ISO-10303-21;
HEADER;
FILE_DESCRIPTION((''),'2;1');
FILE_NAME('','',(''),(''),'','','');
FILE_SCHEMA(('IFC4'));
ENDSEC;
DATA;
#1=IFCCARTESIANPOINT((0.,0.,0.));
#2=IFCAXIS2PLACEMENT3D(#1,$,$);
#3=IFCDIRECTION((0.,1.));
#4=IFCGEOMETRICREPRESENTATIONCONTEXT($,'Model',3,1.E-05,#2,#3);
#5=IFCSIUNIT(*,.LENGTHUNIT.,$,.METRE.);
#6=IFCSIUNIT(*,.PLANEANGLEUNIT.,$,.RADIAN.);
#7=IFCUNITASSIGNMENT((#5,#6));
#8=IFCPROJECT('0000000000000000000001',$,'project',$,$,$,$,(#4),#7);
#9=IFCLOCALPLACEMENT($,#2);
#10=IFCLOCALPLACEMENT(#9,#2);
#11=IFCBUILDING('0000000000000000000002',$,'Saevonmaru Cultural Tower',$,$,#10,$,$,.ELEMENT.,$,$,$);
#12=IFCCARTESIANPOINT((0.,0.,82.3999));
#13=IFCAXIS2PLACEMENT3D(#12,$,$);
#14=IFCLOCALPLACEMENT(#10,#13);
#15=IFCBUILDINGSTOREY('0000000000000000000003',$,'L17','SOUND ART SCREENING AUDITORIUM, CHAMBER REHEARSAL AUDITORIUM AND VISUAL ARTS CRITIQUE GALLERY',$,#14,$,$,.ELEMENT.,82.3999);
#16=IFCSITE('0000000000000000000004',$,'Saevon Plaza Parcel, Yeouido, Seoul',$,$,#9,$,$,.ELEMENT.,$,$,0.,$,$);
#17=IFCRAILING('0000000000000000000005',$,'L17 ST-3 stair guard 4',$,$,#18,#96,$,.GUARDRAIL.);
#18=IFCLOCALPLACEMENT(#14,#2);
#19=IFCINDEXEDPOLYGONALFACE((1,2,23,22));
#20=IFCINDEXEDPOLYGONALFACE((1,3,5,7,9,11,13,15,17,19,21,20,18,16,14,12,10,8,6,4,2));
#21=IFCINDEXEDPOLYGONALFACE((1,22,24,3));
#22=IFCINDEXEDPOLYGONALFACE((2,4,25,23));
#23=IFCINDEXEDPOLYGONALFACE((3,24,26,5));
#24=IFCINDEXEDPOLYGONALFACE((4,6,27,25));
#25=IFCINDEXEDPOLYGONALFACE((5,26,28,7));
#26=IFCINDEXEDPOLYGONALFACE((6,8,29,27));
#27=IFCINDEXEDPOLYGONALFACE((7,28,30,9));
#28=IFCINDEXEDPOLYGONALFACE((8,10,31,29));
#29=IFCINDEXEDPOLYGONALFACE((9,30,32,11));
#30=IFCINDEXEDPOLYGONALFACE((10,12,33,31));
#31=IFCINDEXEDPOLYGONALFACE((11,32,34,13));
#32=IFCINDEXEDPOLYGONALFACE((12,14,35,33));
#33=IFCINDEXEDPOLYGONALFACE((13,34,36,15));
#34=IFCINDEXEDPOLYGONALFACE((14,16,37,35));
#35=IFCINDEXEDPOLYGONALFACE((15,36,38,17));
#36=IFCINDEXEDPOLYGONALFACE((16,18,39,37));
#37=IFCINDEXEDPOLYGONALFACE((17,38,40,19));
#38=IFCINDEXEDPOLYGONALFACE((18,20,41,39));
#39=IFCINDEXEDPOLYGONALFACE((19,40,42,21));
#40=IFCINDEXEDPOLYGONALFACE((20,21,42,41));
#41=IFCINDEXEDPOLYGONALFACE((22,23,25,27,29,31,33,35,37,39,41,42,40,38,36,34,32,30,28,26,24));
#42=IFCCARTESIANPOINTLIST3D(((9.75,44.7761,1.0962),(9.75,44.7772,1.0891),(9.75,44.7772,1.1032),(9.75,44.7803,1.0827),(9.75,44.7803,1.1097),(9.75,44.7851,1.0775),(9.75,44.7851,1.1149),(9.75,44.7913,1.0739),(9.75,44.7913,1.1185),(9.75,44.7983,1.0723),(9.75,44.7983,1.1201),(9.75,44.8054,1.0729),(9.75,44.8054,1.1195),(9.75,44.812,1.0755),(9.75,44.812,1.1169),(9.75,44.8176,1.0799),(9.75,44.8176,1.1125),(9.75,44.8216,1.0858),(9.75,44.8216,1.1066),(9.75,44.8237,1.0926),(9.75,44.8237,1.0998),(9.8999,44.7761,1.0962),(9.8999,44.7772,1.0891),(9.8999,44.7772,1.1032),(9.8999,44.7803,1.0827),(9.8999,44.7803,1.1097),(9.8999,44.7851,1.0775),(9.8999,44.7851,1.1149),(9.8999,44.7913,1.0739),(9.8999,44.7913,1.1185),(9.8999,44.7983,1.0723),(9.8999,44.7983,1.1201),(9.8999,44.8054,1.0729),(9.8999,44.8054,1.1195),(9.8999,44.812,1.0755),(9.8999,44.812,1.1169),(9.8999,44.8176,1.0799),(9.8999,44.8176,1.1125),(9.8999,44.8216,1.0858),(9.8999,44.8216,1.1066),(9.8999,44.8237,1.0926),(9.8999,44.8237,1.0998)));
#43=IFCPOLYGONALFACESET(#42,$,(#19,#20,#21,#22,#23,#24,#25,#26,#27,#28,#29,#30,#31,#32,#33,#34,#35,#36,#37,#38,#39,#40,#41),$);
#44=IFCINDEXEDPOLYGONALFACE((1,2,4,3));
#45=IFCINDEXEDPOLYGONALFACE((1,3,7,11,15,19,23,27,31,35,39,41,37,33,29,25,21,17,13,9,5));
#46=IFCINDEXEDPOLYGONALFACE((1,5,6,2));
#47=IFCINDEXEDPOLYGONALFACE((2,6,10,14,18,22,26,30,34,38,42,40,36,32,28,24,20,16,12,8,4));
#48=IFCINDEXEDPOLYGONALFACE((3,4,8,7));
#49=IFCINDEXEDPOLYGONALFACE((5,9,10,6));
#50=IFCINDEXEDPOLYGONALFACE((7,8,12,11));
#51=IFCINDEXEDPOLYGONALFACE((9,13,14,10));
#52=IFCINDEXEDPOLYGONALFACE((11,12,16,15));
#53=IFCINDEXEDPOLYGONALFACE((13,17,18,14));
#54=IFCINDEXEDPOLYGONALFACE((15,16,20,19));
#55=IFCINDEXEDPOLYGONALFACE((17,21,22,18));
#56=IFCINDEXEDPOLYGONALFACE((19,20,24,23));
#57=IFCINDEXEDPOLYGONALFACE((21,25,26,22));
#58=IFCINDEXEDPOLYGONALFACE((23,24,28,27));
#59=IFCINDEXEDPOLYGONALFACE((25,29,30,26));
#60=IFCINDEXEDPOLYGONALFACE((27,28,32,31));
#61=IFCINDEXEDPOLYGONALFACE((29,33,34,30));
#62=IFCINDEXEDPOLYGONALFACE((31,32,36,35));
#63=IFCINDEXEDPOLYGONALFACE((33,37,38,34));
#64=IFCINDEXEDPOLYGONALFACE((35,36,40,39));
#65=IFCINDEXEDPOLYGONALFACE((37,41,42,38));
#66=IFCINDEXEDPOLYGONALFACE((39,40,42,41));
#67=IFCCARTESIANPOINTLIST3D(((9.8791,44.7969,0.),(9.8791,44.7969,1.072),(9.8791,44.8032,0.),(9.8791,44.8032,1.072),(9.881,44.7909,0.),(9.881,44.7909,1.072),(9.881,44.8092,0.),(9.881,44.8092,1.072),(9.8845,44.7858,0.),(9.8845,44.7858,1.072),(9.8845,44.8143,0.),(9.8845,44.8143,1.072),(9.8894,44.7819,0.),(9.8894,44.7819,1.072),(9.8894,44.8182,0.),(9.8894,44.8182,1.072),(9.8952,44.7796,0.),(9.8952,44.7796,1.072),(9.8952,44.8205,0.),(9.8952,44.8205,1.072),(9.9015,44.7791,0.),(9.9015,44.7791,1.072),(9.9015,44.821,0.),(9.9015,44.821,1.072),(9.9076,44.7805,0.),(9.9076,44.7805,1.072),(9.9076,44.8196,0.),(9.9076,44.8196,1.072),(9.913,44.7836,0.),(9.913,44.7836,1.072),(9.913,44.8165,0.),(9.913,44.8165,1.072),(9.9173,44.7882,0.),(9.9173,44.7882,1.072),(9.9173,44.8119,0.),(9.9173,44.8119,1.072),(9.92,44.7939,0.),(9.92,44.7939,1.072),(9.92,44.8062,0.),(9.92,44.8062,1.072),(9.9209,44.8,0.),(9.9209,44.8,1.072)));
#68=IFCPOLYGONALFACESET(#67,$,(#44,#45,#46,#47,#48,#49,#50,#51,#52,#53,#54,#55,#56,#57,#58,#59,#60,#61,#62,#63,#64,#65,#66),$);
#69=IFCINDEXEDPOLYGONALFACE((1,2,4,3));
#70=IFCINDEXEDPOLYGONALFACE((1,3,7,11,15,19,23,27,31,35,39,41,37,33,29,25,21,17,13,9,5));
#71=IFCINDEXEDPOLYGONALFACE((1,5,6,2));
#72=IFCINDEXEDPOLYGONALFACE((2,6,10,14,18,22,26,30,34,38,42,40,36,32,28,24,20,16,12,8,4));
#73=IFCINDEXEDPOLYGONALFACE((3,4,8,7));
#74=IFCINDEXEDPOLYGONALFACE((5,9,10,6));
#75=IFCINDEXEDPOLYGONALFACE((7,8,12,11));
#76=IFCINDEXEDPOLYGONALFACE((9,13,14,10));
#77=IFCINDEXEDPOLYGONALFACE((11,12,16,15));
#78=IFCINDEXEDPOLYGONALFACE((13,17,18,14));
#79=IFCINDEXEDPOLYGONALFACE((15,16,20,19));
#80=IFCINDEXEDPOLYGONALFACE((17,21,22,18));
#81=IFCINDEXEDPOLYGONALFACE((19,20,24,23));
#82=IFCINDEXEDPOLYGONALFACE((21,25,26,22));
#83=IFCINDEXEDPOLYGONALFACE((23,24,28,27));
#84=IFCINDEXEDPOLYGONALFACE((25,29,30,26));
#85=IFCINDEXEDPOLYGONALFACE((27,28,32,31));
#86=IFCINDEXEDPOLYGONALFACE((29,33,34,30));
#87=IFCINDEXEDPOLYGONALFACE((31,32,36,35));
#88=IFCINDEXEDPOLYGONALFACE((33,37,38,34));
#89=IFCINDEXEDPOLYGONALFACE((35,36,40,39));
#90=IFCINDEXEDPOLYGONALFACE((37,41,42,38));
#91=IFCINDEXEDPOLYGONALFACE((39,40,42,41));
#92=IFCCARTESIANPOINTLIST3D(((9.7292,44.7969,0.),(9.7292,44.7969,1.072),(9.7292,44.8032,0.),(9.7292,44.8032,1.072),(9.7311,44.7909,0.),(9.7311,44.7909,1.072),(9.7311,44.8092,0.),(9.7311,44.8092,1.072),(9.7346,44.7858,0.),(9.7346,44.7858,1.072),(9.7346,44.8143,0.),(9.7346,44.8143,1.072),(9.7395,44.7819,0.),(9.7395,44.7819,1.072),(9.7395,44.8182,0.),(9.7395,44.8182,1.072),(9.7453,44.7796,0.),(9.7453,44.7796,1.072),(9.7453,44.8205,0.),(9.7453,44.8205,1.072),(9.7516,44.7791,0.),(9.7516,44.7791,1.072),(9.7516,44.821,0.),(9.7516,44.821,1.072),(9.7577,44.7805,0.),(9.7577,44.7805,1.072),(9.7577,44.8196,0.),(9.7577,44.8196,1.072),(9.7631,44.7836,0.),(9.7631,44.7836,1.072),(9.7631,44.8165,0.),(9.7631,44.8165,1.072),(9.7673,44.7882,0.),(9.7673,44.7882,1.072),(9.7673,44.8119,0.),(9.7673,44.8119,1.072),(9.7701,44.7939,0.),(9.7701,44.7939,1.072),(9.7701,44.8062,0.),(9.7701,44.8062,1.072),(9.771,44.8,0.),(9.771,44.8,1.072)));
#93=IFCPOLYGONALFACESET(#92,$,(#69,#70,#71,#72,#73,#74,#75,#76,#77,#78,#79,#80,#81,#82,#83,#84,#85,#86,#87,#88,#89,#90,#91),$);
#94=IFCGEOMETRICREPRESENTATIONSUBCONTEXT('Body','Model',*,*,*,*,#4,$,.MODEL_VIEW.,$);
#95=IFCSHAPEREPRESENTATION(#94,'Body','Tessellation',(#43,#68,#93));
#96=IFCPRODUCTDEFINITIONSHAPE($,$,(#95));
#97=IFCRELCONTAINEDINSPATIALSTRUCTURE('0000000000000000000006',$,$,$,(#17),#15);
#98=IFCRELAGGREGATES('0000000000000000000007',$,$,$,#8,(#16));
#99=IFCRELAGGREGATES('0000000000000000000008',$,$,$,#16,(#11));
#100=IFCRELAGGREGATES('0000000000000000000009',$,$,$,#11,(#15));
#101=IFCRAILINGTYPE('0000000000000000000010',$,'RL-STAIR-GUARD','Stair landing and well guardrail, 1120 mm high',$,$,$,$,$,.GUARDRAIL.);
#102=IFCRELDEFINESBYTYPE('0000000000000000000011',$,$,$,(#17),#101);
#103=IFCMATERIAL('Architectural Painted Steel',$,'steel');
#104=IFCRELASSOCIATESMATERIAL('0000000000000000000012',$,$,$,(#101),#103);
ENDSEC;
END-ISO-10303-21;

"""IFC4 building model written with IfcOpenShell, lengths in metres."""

from ifc_helpers import new_model, si_unit, direction, frame, origin, origin_2d, place, context, subcontext, project, spatial, circle, extrude, material, type_object, element, save


model = new_model("IFC4")

# Units and contexts
model_context = context("Model", 3, precision=1e-05, world=origin(), true_north=direction((0.0, 1.0)))
body_context = subcontext(model_context, "Body", "Model", "MODEL_VIEW")
ifc_project = project(units=[si_unit("LENGTHUNIT", "METRE"), si_unit("PLANEANGLEUNIT", "RADIAN")], contexts=[model_context])

# Site, building, storey
site_placement = place(None, origin())
site = spatial("IfcSite", under=ifc_project, at=site_placement, Name="Saevon Plaza Parcel, Yeouido, Seoul", CompositionType="ELEMENT", RefElevation=0.0)
building_placement = place(site_placement, origin())
building = spatial("IfcBuilding", under=site, at=building_placement, Name="Saevonmaru Cultural Tower", CompositionType="ELEMENT")
storey_placement = place(building_placement, frame((0.0, 0.0, 82.3999)))
storey = spatial("IfcBuildingStorey", under=building, at=storey_placement, Name="L17", Description="SOUND ART SCREENING AUDITORIUM, CHAMBER REHEARSAL AUDITORIUM AND VISUAL ARTS CRITIQUE GALLERY", CompositionType="ELEMENT", Elevation=82.3999)

# Railing
ifc_material_1 = material(Name="Architectural Painted Steel", Category="steel")
railing_type_1 = type_object("IfcRailingType", Name="RL-STAIR-GUARD", Description="Stair landing and well guardrail, 1120 mm high", PredefinedType="GUARDRAIL", material=ifc_material_1)
railing_1_placement = place(storey_placement, frame((9.8999, 44.8, 0.0)))
element("IfcRailing", 1, at=railing_1_placement, inside=storey, type_object=railing_type_1, Name="L17 ST-3 stair guard 4", PredefinedType="GUARDRAIL", context=body_context, shape_type="SweptSolid", body=[
    extrude(circle(Radius=0.0239, at=origin_2d()), frame((0.0, 0.0, 1.0962), z_axis=(-1.0, 0.0, 0.0), x_axis=(0.0, -1.0, 0.0)), (0.0, 0.0, 1.0), 0.1499),
    extrude(circle(Radius=0.021, at=origin_2d()), origin(), (0.0, 0.0, 1.0), 1.072),
    extrude(circle(Radius=0.021, at=origin_2d()), frame((-0.1499, 0.0, 0.0)), (0.0, 0.0, 1.0), 1.072),
])

save(model, "model.ifc")
